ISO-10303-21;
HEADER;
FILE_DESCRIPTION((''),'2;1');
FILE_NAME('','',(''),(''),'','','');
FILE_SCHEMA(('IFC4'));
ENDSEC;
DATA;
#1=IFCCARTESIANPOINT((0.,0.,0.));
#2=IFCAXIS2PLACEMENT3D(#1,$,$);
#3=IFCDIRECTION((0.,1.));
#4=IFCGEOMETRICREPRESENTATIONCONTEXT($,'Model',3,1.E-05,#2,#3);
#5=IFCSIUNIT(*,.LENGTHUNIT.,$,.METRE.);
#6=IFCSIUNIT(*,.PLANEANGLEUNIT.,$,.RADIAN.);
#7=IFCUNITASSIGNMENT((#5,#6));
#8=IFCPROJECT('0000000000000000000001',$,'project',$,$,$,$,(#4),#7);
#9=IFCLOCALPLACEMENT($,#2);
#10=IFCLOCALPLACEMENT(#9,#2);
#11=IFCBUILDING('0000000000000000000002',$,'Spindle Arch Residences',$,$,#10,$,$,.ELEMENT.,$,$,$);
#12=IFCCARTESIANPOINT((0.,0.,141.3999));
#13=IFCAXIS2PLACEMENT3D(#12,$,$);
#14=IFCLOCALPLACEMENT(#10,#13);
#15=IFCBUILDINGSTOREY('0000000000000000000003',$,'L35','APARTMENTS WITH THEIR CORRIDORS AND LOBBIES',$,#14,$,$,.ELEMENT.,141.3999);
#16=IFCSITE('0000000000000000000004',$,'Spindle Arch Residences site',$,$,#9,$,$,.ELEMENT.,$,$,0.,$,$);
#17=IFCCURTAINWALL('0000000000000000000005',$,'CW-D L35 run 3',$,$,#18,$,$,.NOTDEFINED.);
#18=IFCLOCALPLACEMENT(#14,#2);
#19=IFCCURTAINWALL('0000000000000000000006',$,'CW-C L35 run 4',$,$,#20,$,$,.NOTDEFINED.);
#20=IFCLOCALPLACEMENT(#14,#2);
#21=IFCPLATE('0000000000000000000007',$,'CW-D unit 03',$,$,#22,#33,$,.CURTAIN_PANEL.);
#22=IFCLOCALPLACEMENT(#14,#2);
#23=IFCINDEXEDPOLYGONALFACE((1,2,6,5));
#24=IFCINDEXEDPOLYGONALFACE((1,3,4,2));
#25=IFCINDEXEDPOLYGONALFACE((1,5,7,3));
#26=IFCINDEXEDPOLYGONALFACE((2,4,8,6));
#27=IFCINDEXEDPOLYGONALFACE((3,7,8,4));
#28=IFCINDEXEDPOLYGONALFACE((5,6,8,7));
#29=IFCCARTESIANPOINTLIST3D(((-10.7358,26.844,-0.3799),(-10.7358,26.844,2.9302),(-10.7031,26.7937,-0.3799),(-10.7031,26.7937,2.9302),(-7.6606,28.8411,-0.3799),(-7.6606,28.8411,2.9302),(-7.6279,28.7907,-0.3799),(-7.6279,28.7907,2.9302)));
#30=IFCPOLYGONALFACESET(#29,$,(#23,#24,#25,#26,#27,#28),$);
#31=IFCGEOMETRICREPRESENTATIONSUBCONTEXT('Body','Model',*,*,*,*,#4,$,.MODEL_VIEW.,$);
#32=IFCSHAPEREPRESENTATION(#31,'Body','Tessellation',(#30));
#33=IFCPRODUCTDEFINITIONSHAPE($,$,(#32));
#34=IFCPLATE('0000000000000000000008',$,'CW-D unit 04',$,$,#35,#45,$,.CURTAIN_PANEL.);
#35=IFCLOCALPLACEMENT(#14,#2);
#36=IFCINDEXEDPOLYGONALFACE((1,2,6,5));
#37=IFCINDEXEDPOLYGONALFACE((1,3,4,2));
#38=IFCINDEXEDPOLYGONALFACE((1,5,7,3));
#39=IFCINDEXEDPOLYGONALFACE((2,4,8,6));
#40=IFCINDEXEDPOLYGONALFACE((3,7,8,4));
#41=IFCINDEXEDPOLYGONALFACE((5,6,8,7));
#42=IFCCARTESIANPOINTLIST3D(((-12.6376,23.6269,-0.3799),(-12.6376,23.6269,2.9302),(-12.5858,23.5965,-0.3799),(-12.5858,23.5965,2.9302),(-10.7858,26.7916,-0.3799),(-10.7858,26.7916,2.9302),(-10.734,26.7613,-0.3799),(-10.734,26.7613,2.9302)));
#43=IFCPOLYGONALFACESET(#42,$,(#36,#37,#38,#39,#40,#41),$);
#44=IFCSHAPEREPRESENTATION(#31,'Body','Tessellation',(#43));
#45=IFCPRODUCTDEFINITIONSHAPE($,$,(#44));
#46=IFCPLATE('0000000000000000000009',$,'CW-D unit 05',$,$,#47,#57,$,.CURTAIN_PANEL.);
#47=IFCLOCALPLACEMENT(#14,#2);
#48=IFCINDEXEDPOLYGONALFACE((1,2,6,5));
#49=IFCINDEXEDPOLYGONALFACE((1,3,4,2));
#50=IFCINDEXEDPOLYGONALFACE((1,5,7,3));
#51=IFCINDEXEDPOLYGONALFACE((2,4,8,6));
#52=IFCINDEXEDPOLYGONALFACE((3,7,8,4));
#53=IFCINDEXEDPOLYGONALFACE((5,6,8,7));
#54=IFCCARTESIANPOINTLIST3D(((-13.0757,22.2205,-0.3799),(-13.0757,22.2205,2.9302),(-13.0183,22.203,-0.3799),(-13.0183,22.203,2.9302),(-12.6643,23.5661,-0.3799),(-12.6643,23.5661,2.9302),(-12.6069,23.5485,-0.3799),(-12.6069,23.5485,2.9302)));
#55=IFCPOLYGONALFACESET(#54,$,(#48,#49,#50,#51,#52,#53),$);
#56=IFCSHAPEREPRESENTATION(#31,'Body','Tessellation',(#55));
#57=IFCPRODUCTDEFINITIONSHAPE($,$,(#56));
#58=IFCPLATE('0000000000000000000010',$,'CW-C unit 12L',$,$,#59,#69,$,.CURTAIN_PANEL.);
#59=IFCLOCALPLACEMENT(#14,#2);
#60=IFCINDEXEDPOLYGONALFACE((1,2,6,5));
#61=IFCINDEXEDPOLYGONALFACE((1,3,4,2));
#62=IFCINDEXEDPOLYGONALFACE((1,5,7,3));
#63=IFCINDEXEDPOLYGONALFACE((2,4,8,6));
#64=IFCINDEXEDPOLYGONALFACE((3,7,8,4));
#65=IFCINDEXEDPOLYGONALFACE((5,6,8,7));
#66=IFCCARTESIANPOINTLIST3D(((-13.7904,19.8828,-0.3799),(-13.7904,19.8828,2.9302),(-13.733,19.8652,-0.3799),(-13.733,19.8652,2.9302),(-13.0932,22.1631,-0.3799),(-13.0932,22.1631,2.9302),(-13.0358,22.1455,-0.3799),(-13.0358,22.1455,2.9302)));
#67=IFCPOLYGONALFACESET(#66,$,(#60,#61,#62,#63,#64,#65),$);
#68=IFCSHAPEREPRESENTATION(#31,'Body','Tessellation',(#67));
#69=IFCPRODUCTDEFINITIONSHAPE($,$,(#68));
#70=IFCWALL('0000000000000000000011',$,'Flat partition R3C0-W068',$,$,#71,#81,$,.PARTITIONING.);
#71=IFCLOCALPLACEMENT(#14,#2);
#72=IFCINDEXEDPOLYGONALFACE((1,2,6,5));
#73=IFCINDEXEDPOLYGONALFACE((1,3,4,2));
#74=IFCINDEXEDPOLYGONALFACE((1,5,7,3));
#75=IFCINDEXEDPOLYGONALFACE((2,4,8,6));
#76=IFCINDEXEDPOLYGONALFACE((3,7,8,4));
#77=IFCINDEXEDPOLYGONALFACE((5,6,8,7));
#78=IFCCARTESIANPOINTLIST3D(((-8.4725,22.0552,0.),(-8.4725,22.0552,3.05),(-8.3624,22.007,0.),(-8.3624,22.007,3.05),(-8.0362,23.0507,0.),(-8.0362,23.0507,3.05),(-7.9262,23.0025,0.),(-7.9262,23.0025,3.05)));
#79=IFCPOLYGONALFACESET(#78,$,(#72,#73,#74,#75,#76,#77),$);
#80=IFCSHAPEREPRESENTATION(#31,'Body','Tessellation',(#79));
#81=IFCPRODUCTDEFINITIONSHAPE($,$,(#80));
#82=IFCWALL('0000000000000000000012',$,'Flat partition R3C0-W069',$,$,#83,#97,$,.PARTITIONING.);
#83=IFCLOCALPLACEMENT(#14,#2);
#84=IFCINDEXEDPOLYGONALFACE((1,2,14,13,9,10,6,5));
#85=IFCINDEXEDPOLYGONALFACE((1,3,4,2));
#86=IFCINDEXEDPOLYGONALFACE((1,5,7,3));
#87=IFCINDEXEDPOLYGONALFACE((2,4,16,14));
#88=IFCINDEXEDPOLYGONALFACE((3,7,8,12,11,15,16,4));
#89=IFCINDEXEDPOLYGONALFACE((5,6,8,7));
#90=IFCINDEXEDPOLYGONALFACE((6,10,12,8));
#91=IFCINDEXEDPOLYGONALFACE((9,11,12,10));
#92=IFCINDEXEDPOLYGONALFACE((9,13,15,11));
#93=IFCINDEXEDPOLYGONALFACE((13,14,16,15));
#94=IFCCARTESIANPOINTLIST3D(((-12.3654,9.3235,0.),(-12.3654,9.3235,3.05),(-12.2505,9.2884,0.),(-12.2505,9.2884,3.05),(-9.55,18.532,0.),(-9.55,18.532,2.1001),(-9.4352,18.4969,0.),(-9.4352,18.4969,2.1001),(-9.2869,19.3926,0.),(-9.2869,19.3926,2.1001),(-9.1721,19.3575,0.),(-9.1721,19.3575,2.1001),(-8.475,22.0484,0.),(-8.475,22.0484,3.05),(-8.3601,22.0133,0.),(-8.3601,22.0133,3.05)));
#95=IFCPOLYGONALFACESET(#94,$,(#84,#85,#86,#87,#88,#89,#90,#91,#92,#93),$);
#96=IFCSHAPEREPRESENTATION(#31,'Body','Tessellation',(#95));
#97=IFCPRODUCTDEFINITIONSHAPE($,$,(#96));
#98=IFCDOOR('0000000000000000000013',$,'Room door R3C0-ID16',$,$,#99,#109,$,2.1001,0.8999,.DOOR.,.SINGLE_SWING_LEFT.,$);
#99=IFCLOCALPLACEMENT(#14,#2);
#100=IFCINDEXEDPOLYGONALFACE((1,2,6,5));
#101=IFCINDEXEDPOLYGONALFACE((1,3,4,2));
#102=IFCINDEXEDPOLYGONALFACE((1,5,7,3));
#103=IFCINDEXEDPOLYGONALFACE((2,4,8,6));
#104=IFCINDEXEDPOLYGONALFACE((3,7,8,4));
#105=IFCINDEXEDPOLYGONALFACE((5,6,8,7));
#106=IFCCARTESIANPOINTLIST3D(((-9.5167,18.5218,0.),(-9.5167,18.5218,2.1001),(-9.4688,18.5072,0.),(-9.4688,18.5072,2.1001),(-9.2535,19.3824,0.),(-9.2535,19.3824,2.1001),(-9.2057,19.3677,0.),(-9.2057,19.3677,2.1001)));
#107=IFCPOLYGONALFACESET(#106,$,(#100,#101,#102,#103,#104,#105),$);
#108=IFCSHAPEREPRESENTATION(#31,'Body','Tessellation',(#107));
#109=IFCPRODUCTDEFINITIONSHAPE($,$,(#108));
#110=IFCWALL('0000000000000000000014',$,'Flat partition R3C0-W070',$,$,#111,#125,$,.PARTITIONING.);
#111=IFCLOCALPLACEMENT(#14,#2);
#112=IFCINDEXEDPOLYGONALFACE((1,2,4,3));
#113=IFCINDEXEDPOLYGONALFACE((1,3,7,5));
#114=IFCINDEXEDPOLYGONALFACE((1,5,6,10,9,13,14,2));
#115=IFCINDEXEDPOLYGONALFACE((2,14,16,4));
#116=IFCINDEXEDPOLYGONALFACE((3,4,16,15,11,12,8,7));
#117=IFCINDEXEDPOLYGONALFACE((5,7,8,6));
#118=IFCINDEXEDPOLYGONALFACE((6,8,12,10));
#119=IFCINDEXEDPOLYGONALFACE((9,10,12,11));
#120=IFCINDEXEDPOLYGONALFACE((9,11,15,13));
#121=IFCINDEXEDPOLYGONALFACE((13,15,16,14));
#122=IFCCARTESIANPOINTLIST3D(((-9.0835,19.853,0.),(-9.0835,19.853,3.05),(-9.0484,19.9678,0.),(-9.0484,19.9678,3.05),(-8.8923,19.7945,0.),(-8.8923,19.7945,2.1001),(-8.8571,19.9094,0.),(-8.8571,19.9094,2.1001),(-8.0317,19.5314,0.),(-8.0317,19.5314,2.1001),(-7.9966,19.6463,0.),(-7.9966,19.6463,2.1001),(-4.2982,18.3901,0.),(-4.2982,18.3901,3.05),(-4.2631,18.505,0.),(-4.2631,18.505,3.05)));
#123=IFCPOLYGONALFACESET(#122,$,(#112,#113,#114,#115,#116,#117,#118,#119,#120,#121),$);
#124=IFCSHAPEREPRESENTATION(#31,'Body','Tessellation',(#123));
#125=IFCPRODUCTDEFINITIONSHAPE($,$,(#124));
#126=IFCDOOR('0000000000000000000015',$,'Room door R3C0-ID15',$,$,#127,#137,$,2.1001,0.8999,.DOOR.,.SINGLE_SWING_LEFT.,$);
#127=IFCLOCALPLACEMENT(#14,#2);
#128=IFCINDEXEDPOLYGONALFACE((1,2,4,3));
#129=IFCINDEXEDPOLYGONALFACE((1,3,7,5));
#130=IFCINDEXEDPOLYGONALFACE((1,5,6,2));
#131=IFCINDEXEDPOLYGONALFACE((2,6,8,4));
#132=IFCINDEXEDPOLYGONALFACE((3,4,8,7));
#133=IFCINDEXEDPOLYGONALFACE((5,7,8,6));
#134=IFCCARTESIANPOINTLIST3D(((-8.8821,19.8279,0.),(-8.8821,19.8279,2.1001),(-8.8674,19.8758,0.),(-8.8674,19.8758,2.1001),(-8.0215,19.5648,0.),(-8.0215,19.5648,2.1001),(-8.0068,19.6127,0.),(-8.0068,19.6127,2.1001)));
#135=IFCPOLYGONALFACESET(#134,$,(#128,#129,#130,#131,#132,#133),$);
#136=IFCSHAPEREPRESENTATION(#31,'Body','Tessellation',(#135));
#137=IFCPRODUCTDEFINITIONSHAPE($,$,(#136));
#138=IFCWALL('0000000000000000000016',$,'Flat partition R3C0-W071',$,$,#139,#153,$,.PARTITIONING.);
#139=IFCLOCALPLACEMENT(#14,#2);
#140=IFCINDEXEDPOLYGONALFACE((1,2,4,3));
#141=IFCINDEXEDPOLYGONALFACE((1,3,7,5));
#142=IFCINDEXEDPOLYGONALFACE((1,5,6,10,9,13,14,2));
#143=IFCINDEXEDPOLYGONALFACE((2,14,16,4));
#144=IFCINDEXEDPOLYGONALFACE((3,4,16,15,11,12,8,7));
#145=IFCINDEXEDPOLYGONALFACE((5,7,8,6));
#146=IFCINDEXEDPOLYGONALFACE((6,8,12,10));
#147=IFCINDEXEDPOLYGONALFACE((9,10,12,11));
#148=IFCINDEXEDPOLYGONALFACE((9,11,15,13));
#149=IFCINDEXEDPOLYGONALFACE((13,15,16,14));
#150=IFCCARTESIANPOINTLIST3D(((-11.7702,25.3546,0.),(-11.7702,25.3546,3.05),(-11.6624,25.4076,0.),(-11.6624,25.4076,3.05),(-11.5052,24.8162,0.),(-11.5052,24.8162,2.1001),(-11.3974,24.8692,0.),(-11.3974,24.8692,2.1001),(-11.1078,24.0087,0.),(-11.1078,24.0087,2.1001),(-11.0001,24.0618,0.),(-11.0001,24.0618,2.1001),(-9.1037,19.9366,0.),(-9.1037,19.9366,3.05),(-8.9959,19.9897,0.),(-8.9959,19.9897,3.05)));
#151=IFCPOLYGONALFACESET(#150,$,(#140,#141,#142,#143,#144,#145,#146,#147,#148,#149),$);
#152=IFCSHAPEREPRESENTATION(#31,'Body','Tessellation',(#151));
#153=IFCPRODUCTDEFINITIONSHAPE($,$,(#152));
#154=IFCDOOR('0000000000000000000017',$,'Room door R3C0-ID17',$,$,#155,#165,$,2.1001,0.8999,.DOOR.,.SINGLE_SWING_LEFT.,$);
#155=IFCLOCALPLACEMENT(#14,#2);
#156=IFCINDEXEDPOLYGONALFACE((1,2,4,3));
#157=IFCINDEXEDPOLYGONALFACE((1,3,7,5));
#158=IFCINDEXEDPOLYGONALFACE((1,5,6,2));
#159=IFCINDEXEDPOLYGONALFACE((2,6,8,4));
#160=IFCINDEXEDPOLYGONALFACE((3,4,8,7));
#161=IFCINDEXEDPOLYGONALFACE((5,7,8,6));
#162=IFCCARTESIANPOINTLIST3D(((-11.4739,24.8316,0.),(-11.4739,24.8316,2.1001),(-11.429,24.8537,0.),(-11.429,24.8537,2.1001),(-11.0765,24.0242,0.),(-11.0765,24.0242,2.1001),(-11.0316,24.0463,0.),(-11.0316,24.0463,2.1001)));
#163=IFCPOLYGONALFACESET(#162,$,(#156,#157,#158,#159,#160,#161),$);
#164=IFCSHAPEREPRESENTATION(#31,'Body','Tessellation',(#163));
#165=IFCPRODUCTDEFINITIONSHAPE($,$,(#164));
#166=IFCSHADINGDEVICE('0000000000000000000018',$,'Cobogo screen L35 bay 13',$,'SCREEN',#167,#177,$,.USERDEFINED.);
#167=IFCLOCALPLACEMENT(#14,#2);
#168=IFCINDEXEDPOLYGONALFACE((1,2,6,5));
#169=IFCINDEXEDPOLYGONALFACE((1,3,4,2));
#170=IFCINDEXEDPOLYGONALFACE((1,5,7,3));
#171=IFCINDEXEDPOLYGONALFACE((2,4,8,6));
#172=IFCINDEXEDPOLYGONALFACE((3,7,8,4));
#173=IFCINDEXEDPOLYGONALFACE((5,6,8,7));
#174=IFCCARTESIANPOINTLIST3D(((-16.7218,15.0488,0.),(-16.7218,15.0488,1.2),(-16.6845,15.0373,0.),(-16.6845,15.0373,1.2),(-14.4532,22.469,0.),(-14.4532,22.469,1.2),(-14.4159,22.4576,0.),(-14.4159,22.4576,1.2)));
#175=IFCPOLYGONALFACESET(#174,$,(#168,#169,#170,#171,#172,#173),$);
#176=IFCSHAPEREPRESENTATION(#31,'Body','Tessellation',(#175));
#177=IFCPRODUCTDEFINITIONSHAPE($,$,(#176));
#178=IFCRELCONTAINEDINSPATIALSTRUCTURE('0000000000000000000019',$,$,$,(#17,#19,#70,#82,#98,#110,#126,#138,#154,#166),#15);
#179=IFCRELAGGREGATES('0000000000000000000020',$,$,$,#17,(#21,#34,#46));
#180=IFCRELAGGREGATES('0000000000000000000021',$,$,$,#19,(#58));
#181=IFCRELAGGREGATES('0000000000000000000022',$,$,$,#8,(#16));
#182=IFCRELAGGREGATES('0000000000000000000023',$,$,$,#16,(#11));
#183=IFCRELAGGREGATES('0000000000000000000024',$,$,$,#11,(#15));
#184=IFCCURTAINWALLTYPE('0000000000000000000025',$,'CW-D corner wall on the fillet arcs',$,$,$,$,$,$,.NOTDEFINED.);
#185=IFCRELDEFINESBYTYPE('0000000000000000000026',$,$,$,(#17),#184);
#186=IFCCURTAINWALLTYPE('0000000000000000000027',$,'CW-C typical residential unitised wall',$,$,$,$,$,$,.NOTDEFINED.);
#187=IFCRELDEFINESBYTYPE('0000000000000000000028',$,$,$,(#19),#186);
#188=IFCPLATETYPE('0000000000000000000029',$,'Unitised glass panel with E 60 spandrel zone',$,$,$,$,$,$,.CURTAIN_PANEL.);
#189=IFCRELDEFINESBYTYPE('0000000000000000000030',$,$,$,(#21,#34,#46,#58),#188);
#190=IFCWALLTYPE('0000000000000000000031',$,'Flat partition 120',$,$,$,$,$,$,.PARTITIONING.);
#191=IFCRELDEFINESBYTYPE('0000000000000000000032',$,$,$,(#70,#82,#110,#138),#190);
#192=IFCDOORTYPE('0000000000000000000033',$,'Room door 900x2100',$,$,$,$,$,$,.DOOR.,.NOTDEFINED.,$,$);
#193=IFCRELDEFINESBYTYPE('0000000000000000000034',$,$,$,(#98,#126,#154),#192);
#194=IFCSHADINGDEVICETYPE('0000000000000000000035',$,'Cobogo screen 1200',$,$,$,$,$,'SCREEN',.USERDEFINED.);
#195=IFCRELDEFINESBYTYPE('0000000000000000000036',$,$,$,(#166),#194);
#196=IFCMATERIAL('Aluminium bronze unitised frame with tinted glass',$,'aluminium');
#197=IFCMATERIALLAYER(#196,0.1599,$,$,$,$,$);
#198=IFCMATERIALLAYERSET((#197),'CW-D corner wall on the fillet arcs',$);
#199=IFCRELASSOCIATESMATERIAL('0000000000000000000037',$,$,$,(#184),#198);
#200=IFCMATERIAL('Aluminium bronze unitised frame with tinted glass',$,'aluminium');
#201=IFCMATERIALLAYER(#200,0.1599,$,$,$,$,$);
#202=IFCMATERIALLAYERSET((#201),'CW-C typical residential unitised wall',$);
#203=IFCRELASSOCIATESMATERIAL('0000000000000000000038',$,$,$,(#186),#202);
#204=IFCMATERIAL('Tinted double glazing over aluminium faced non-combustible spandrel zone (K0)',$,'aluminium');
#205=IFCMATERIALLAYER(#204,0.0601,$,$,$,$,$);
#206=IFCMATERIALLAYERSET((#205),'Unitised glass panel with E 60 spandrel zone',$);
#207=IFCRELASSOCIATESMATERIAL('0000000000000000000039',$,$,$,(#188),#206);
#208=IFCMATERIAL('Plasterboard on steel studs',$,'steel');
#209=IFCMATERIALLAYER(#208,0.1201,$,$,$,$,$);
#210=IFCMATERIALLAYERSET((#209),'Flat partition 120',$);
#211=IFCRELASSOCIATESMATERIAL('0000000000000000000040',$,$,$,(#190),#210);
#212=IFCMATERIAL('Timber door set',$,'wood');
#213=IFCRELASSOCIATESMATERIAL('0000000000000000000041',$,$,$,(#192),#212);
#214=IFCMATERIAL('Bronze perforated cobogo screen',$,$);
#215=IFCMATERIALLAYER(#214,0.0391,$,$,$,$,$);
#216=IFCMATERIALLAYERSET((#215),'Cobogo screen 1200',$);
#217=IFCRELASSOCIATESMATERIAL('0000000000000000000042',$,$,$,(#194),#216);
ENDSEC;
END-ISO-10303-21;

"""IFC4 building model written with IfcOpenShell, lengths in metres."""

from ifc_helpers import new_model, si_unit, direction, frame, frame_2d, origin, origin_2d, place, context, subcontext, project, spatial, rectangle, extrude, material, layer, layer_set, type_object, element, fill, aggregate, save


model = new_model("IFC4")

# Units and contexts
model_context = context("Model", 3, precision=1e-05, world=origin(), true_north=direction((0.0, 1.0)))
body_context = subcontext(model_context, "Body", "Model", "MODEL_VIEW")
ifc_project = project(units=[si_unit("LENGTHUNIT", "METRE"), si_unit("PLANEANGLEUNIT", "RADIAN")], contexts=[model_context])

# Site, building, storey
site_placement = place(None, origin())
site = spatial("IfcSite", under=ifc_project, at=site_placement, Name="Spindle Arch Residences site", CompositionType="ELEMENT", RefElevation=0.0)
building_placement = place(site_placement, origin())
building = spatial("IfcBuilding", under=site, at=building_placement, Name="Spindle Arch Residences", CompositionType="ELEMENT")
storey_placement = place(building_placement, frame((0.0, 0.0, 141.3999)))
storey = spatial("IfcBuildingStorey", under=building, at=storey_placement, Name="L35", Description="APARTMENTS WITH THEIR CORRIDORS AND LOBBIES", CompositionType="ELEMENT", Elevation=141.3999)

# Curtain wall
ifc_material_1 = material(Name="Aluminium bronze unitised frame with tinted glass", Category="aluminium")
ifc_layer_1 = layer(ifc_material_1, 0.1599)
ifc_layer_set_1 = layer_set([ifc_layer_1], Name="CW-D corner wall on the fillet arcs")
curtain_wall_type_1 = type_object("IfcCurtainWallType", Name="CW-D corner wall on the fillet arcs", PredefinedType="NOTDEFINED", material=ifc_layer_set_1)
curtain_wall_1_placement = place(storey_placement, origin())
curtain_wall_1 = element("IfcCurtainWall", 1, at=curtain_wall_1_placement, inside=storey, type_object=curtain_wall_type_1, Name="CW-D L35 run 3", PredefinedType="NOTDEFINED")

# Curtain wall
ifc_material_2 = material(Name="Aluminium bronze unitised frame with tinted glass", Category="aluminium")
ifc_layer_2 = layer(ifc_material_2, 0.1599)
ifc_layer_set_2 = layer_set([ifc_layer_2], Name="CW-C typical residential unitised wall")
curtain_wall_type_2 = type_object("IfcCurtainWallType", Name="CW-C typical residential unitised wall", PredefinedType="NOTDEFINED", material=ifc_layer_set_2)
curtain_wall_2_placement = place(storey_placement, origin())
curtain_wall_2 = element("IfcCurtainWall", 2, at=curtain_wall_2_placement, inside=storey, type_object=curtain_wall_type_2, Name="CW-C L35 run 4", PredefinedType="NOTDEFINED")

# Plates
ifc_material_3 = material(Name="Tinted double glazing over aluminium faced non-combustible spandrel zone (K0)", Category="aluminium")
ifc_layer_3 = layer(ifc_material_3, 0.0601)
ifc_layer_set_3 = layer_set([ifc_layer_3], Name="Unitised glass panel with E 60 spandrel zone")
plate_type = type_object("IfcPlateType", Name="Unitised glass panel with E 60 spandrel zone", PredefinedType="CURTAIN_PANEL", material=ifc_layer_set_3)
plate_1_placement = place(storey_placement, frame((-9.1819, 27.8174, -0.3799), z_axis=(0.0, 0.0, 1.0), x_axis=(-0.838671, -0.544639, 0.0)))
plate_1 = element("IfcPlate", 3, at=plate_1_placement, type_object=plate_type, Name="CW-D unit 03", PredefinedType="CURTAIN_PANEL", context=body_context, shape_type="SweptSolid", body=[
    extrude(rectangle(XDim=3.6667, YDim=0.0601, at=origin_2d()), origin(), (0.0, 0.0, 1.0), 3.3101),
])
plate_2_placement = place(storey_placement, frame((-11.6858, 25.1941, -0.3799), z_axis=(0.0, 0.0, 1.0), x_axis=(-0.50503, -0.863102, 0.0)))
plate_2 = element("IfcPlate", 4, at=plate_2_placement, type_object=plate_type, Name="CW-D unit 04", PredefinedType="CURTAIN_PANEL", context=body_context, shape_type="SweptSolid", body=[
    extrude(rectangle(XDim=3.6667, YDim=0.0601, at=origin_2d()), origin(), (0.0, 0.0, 1.0), 3.3101),
])
plate_3_placement = place(storey_placement, frame((-12.8413, 22.8845, -0.3799), z_axis=(0.0, 0.0, 1.0), x_axis=(-0.292372, -0.956305, 0.0)))
plate_3 = element("IfcPlate", 5, at=plate_3_placement, type_object=plate_type, Name="CW-D unit 05", PredefinedType="CURTAIN_PANEL", context=body_context, shape_type="SweptSolid", body=[
    extrude(rectangle(XDim=1.407, YDim=0.0601, at=origin_2d()), origin(), (0.0, 0.0, 1.0), 3.3101),
])
aggregate(curtain_wall_1, [plate_1, plate_2, plate_3])
plate_4_placement = place(storey_placement, frame((-13.4131, 21.0142, -0.3799), z_axis=(0.0, 0.0, 1.0), x_axis=(-0.292372, -0.956305, 0.0)))
plate_4 = element("IfcPlate", 6, at=plate_4_placement, type_object=plate_type, Name="CW-C unit 12L", PredefinedType="CURTAIN_PANEL", context=body_context, shape_type="SweptSolid", body=[
    extrude(rectangle(XDim=2.3845, YDim=0.0601, at=origin_2d()), origin(), (0.0, 0.0, 1.0), 3.3101),
])
aggregate(curtain_wall_2, [plate_4])

# Wall
ifc_material_4 = material(Name="Plasterboard on steel studs", Category="steel")
ifc_layer_4 = layer(ifc_material_4, 0.1201)
ifc_layer_set_4 = layer_set([ifc_layer_4], Name="Flat partition 120")
wall_type_1 = type_object("IfcWallType", Name="Flat partition 120", PredefinedType="PARTITIONING", material=ifc_layer_set_4)
wall_1_placement = place(storey_placement, frame((-7.9812, 23.0266, 0.0), z_axis=(0.0, 0.0, 1.0), x_axis=(-0.401361, -0.91592, 0.0)))
element("IfcWall", 7, at=wall_1_placement, inside=storey, type_object=wall_type_1, Name="Flat partition R3C0-W068", PredefinedType="PARTITIONING", context=body_context, shape_type="SweptSolid", body=[
    extrude(rectangle(XDim=1.0869, YDim=0.1201, at=frame_2d((0.5435, 0.0))), origin(), (0.0, 0.0, 1.0), 3.05),
])

# Walls, openings, doors
wall_2_placement = place(storey_placement, frame((-8.4175, 22.031, 0.0), z_axis=(0.0, 0.0, 1.0), x_axis=(-0.292372, -0.956305, 0.0)))
wall_2 = element("IfcWall", 8, at=wall_2_placement, inside=storey, type_object=wall_type_1, Name="Flat partition R3C0-W069", PredefinedType="PARTITIONING", context=body_context, shape_type="SweptSolid", body=[
    extrude(rectangle(XDim=13.3064, YDim=0.1201, at=frame_2d((6.6533, 0.0))), origin(), (0.0, 0.0, 1.0), 3.05),
])
opening_1_placement = place(wall_2_placement, frame((2.7773, 0.0, 0.0)))
opening_1 = element("IfcOpeningElement", 9, at=opening_1_placement, cuts=wall_2, PredefinedType="OPENING", context=body_context, shape_type="SweptSolid", body=[
    extrude(rectangle(XDim=0.8999, YDim=2.1001, at=frame_2d((0.45, 1.05))), frame((0.0, 0.0701, 0.0), z_axis=(0.0, -1.0, 0.0), x_axis=(1.0, 0.0, 0.0)), (0.0, 0.0, 1.0), 0.1401),
])
ifc_material_5 = material(Name="Timber door set", Category="wood")
door_type_1 = type_object("IfcDoorType", Name="Room door 900x2100", OperationType="NOTDEFINED", PredefinedType="DOOR", material=ifc_material_5)
door_1_placement = place(opening_1_placement, origin())
door_1 = element("IfcDoor", 10, at=door_1_placement, inside=storey, type_object=door_type_1, Name="Room door R3C0-ID16", OperationType="SINGLE_SWING_LEFT", OverallHeight=2.1001, OverallWidth=0.8999, PredefinedType="DOOR", context=body_context, shape_type="SweptSolid", body=[
    extrude(rectangle(XDim=0.8999, YDim=2.1001, at=frame_2d((0.45, 1.05))), frame((0.0, 0.0249, 0.0), z_axis=(0.0, -1.0, 0.0), x_axis=(1.0, 0.0, 0.0)), (0.0, 0.0, 1.0), 0.05),
])
fill(opening_1, door_1)
wall_3_placement = place(storey_placement, frame((-9.0659, 19.9104, 0.0), z_axis=(0.0, 0.0, 1.0), x_axis=(0.956313, -0.292344, 0.0)))
wall_3 = element("IfcWall", 11, at=wall_3_placement, inside=storey, type_object=wall_type_1, Name="Flat partition R3C0-W070", PredefinedType="PARTITIONING", context=body_context, shape_type="SweptSolid", body=[
    extrude(rectangle(XDim=5.0039, YDim=0.1201, at=frame_2d((2.502, 0.0))), origin(), (0.0, 0.0, 1.0), 3.05),
])
opening_2_placement = place(wall_3_placement, frame((0.2, 0.0, 0.0)))
opening_2 = element("IfcOpeningElement", 12, at=opening_2_placement, cuts=wall_3, PredefinedType="OPENING", context=body_context, shape_type="SweptSolid", body=[
    extrude(rectangle(XDim=0.8999, YDim=2.1001, at=frame_2d((0.45, 1.05))), frame((0.0, 0.0701, 0.0), z_axis=(0.0, -1.0, 0.0), x_axis=(1.0, 0.0, 0.0)), (0.0, 0.0, 1.0), 0.1401),
])
door_2_placement = place(opening_2_placement, origin())
door_2 = element("IfcDoor", 13, at=door_2_placement, inside=storey, type_object=door_type_1, Name="Room door R3C0-ID15", OperationType="SINGLE_SWING_LEFT", OverallHeight=2.1001, OverallWidth=0.8999, PredefinedType="DOOR", context=body_context, shape_type="SweptSolid", body=[
    extrude(rectangle(XDim=0.8999, YDim=2.1001, at=frame_2d((0.45, 1.05))), frame((0.0, 0.0249, 0.0), z_axis=(0.0, -1.0, 0.0), x_axis=(1.0, 0.0, 0.0)), (0.0, 0.0, 1.0), 0.05),
])
fill(opening_2, door_2)
wall_4_placement = place(storey_placement, frame((-11.7163, 25.3811, 0.0), z_axis=(0.0, 0.0, 1.0), x_axis=(0.441577, -0.897223, 0.0)))
wall_4 = element("IfcWall", 14, at=wall_4_placement, inside=storey, type_object=wall_type_1, Name="Flat partition R3C0-W071", PredefinedType="PARTITIONING", context=body_context, shape_type="SweptSolid", body=[
    extrude(rectangle(XDim=6.0386, YDim=0.1201, at=frame_2d((3.0193, 0.0))), origin(), (0.0, 0.0, 1.0), 3.05),
])
opening_3_placement = place(wall_4_placement, frame((0.6001, 0.0, 0.0)))
opening_3 = element("IfcOpeningElement", 15, at=opening_3_placement, cuts=wall_4, PredefinedType="OPENING", context=body_context, shape_type="SweptSolid", body=[
    extrude(rectangle(XDim=0.8999, YDim=2.1001, at=frame_2d((0.45, 1.05))), frame((0.0, 0.0701, 0.0), z_axis=(0.0, -1.0, 0.0), x_axis=(1.0, 0.0, 0.0)), (0.0, 0.0, 1.0), 0.1401),
])
door_3_placement = place(opening_3_placement, origin())
door_3 = element("IfcDoor", 16, at=door_3_placement, inside=storey, type_object=door_type_1, Name="Room door R3C0-ID17", OperationType="SINGLE_SWING_LEFT", OverallHeight=2.1001, OverallWidth=0.8999, PredefinedType="DOOR", context=body_context, shape_type="SweptSolid", body=[
    extrude(rectangle(XDim=0.8999, YDim=2.1001, at=frame_2d((0.45, 1.05))), frame((0.0, 0.0249, 0.0), z_axis=(0.0, -1.0, 0.0), x_axis=(1.0, 0.0, 0.0)), (0.0, 0.0, 1.0), 0.05),
])
fill(opening_3, door_3)

# Shading device
ifc_material_6 = material(Name="Bronze perforated cobogo screen")
ifc_layer_5 = layer(ifc_material_6, 0.0391)
ifc_layer_set_5 = layer_set([ifc_layer_5], Name="Cobogo screen 1200")
shading_device_type = type_object("IfcShadingDeviceType", Name="Cobogo screen 1200", ElementType="SCREEN", PredefinedType="USERDEFINED", material=ifc_layer_set_5)
shading_device_placement = place(storey_placement, frame((-15.5688, 18.7532, 0.0), z_axis=(0.0, 0.0, 1.0), x_axis=(-0.292372, -0.956305, 0.0)))
element("IfcShadingDevice", 17, at=shading_device_placement, inside=storey, type_object=shading_device_type, Name="Cobogo screen L35 bay 13", ObjectType="SCREEN", PredefinedType="USERDEFINED", context=body_context, shape_type="SweptSolid", body=[
    extrude(rectangle(XDim=7.7593, YDim=0.0391, at=origin_2d()), origin(), (0.0, 0.0, 1.0), 1.2),
])

save(model, "model.ifc")
